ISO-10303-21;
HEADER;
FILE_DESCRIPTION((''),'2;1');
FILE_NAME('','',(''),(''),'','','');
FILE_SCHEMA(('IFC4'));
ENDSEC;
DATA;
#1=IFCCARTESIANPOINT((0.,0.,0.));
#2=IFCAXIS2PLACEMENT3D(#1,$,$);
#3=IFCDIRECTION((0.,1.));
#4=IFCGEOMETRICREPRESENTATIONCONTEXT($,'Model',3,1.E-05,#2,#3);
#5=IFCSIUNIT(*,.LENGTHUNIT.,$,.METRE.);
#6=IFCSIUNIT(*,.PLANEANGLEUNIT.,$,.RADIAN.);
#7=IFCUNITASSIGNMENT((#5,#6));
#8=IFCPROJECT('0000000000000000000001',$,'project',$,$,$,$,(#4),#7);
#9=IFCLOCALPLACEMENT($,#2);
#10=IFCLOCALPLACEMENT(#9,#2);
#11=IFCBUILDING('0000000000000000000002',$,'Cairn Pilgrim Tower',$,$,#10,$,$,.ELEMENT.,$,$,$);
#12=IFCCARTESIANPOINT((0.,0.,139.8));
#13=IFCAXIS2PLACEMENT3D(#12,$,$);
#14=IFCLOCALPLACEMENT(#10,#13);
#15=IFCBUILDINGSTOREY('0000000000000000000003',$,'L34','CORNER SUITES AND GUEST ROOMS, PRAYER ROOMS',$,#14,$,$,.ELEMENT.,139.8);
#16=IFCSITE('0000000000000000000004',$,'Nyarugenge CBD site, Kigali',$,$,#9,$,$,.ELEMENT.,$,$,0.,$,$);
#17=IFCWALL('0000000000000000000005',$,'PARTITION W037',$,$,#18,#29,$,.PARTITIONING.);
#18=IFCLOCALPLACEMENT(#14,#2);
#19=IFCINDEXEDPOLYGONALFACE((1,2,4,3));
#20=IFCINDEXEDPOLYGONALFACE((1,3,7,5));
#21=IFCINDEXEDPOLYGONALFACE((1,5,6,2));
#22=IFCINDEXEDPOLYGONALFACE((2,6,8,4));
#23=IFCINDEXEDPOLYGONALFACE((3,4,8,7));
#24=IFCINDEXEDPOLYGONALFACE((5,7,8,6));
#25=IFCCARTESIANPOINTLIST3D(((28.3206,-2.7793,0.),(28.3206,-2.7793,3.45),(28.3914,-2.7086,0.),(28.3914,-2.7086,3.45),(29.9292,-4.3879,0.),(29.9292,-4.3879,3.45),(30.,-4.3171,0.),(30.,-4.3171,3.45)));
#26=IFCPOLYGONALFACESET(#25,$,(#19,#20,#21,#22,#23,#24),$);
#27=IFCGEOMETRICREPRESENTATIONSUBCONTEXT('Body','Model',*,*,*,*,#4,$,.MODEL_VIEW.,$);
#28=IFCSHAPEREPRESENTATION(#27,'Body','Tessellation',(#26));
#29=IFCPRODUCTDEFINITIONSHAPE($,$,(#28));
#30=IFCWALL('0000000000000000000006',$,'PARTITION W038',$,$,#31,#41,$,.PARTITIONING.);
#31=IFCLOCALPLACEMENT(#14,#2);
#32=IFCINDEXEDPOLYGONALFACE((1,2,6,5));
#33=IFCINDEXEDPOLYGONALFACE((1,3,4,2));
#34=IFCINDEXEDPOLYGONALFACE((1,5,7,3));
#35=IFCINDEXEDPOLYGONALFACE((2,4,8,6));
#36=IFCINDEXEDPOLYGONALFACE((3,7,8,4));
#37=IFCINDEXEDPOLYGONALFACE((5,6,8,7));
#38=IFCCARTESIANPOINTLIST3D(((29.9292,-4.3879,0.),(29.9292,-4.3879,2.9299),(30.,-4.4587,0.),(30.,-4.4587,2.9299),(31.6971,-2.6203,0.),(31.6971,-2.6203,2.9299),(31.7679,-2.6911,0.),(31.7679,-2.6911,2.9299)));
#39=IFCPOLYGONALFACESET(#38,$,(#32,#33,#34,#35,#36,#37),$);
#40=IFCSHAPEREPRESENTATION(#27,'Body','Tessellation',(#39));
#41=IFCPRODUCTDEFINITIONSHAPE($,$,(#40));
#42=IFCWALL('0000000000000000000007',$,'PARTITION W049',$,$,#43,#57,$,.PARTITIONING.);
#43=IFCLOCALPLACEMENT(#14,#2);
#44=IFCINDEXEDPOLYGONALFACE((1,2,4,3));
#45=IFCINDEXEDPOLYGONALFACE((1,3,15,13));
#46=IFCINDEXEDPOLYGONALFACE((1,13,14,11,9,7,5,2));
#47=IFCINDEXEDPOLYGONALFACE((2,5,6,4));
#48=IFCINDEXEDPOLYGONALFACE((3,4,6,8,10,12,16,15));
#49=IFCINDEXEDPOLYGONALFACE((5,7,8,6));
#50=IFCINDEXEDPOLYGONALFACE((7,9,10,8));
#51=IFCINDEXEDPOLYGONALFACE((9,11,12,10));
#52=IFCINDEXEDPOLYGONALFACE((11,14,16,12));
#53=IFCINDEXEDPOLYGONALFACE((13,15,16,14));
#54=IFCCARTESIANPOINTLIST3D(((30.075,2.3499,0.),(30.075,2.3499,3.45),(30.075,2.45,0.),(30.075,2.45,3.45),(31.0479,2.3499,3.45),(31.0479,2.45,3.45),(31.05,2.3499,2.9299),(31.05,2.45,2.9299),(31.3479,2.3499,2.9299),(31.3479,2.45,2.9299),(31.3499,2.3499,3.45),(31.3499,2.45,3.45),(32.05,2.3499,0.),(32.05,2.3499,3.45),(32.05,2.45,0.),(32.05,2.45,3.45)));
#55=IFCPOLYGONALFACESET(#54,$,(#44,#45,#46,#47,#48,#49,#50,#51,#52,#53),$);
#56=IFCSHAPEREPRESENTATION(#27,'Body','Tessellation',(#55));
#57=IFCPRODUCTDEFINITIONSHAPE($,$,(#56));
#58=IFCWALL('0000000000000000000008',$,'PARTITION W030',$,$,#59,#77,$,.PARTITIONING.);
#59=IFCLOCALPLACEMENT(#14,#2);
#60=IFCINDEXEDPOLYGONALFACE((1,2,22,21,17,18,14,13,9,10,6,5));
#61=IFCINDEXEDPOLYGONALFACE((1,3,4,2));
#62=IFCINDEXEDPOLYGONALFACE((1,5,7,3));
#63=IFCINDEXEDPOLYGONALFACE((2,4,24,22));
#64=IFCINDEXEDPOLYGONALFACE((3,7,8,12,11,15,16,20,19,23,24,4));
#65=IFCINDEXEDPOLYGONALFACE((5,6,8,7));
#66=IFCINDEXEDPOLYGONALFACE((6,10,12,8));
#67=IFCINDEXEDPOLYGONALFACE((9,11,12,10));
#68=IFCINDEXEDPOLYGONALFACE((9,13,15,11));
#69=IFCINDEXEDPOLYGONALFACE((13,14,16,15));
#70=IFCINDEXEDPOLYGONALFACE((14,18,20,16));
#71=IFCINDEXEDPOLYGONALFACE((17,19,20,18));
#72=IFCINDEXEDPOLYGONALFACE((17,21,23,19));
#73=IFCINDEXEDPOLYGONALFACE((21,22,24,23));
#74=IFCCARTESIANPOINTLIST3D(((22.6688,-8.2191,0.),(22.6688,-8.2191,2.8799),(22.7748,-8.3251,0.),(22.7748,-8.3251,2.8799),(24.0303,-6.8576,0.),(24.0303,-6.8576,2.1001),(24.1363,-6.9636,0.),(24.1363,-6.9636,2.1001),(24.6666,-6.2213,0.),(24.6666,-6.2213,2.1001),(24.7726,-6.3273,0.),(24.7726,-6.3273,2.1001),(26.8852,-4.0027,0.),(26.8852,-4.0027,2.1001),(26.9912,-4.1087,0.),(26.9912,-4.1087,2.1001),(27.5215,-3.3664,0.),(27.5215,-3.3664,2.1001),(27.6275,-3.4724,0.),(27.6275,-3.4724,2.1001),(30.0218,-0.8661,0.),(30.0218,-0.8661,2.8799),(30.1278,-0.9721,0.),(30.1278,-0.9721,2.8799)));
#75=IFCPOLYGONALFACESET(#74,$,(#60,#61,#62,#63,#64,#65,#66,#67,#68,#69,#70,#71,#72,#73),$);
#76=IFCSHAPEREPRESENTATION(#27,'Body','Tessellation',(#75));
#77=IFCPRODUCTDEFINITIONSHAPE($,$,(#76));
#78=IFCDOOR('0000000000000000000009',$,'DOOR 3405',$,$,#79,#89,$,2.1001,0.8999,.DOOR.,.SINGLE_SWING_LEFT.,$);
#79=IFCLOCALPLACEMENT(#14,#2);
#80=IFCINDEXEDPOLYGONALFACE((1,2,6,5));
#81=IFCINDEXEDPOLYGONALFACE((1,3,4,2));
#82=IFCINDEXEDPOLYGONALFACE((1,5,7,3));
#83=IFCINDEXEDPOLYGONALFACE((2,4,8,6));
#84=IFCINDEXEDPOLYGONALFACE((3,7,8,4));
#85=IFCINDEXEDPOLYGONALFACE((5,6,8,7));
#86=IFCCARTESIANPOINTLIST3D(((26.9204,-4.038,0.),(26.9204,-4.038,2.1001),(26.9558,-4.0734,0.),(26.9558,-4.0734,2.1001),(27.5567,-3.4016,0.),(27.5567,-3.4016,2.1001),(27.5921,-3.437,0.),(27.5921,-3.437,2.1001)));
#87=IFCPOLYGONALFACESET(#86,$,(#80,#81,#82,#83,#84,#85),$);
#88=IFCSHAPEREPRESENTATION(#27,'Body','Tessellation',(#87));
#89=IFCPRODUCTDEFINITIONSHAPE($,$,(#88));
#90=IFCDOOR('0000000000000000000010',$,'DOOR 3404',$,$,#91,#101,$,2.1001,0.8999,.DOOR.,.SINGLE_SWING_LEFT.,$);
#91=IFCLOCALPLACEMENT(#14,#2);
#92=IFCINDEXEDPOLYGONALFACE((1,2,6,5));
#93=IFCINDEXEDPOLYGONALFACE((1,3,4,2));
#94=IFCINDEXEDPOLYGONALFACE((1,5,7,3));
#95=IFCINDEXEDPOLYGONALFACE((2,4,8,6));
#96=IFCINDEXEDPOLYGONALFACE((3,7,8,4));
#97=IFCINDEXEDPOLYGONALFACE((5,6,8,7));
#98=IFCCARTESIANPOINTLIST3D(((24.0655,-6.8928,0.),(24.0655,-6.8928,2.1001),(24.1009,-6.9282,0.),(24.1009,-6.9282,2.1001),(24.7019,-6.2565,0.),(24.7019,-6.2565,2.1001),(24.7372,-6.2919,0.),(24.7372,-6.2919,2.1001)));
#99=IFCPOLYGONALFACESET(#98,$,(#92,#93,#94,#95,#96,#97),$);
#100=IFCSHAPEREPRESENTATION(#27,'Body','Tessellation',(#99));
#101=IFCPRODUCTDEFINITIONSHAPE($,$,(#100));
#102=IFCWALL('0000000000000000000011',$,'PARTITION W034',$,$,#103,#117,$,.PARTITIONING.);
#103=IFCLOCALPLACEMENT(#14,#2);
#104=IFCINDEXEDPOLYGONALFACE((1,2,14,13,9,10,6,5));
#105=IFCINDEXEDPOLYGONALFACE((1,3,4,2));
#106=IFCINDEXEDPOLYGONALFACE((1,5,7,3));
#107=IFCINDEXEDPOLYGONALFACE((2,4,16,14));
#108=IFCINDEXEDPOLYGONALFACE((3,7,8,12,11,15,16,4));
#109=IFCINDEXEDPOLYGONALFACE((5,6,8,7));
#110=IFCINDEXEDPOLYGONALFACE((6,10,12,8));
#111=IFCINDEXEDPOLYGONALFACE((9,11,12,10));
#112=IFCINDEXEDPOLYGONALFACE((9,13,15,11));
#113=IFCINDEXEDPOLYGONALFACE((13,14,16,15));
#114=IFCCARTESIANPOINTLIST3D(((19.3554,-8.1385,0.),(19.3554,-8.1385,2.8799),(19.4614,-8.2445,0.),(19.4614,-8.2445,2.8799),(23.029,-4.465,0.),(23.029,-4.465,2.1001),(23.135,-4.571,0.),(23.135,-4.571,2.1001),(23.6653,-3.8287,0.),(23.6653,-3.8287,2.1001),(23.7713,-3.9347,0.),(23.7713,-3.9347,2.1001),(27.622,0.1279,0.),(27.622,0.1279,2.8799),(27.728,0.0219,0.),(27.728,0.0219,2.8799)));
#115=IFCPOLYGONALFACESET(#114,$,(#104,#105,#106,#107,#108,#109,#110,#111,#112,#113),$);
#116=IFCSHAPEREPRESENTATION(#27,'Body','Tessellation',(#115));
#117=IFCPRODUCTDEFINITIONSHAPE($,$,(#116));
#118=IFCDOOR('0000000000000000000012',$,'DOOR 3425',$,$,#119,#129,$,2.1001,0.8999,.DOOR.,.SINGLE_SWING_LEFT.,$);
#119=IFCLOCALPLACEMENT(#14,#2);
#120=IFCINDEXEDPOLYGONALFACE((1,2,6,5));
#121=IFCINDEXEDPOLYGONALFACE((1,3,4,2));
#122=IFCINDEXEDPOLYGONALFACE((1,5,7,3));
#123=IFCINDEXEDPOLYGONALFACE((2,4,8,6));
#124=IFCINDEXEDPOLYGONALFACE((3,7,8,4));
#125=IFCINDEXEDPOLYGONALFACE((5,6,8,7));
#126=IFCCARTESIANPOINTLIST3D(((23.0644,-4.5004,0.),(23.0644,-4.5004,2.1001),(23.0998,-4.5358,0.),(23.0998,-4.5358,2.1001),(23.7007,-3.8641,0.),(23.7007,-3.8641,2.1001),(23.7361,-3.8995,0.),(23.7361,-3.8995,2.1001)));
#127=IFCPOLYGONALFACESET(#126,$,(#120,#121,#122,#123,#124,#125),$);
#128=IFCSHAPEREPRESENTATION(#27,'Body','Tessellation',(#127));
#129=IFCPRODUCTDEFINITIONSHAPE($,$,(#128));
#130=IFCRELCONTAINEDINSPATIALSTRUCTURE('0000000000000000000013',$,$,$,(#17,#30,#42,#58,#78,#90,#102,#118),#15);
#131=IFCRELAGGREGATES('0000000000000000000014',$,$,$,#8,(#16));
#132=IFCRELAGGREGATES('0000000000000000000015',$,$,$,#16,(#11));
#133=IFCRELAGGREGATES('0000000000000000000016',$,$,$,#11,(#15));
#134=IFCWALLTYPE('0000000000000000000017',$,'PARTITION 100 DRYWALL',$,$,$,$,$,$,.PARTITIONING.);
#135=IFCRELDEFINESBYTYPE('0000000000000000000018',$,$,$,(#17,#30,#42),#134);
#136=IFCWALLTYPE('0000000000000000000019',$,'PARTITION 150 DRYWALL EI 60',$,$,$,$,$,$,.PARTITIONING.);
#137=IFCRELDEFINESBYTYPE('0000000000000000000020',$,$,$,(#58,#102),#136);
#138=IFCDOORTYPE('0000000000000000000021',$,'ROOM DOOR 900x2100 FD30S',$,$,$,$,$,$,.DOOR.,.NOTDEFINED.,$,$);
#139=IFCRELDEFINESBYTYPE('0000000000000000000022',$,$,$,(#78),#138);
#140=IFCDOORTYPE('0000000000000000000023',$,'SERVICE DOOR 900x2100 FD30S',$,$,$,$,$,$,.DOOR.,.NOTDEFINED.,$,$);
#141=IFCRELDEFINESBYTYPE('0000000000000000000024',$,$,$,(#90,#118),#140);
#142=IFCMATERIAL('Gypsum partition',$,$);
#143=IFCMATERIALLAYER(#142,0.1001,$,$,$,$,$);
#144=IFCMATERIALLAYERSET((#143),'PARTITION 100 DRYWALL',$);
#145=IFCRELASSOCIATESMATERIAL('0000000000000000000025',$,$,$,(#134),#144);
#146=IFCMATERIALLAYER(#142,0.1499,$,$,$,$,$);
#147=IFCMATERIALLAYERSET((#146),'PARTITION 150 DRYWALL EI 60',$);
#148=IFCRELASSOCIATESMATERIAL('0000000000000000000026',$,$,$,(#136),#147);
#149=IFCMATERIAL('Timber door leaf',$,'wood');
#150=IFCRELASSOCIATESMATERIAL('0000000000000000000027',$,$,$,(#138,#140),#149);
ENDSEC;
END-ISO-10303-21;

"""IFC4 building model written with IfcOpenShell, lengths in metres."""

from ifc_helpers import new_model, si_unit, direction, frame, frame_2d, origin, place, context, subcontext, project, spatial, polyline, rectangle, outline, extrude, material, layer, layer_set, type_object, element, fill, save


model = new_model("IFC4")

# Units and contexts
model_context = context("Model", 3, precision=1e-05, world=origin(), true_north=direction((0.0, 1.0)))
body_context = subcontext(model_context, "Body", "Model", "MODEL_VIEW")
ifc_project = project(units=[si_unit("LENGTHUNIT", "METRE"), si_unit("PLANEANGLEUNIT", "RADIAN")], contexts=[model_context])

# Site, building, storey
site_placement = place(None, origin())
site = spatial("IfcSite", under=ifc_project, at=site_placement, Name="Nyarugenge CBD site, Kigali", CompositionType="ELEMENT", RefElevation=0.0)
building_placement = place(site_placement, origin())
building = spatial("IfcBuilding", under=site, at=building_placement, Name="Cairn Pilgrim Tower", CompositionType="ELEMENT")
storey_placement = place(building_placement, frame((0.0, 0.0, 139.8)))
storey = spatial("IfcBuildingStorey", under=building, at=storey_placement, Name="L34", Description="CORNER SUITES AND GUEST ROOMS, PRAYER ROOMS", CompositionType="ELEMENT", Elevation=139.8)

# Walls
ifc_material_1 = material(Name="Gypsum partition")
ifc_layer_1 = layer(ifc_material_1, 0.1001)
ifc_layer_set_1 = layer_set([ifc_layer_1], Name="PARTITION 100 DRYWALL")
wall_type_1 = type_object("IfcWallType", Name="PARTITION 100 DRYWALL", PredefinedType="PARTITIONING", material=ifc_layer_set_1)
wall_1_placement = place(storey_placement, frame((29.9646, -4.3525, 0.0), z_axis=(0.0, 0.0, 1.0), x_axis=(-0.707107, 0.707107, 0.0)))
element("IfcWall", 1, at=wall_1_placement, inside=storey, type_object=wall_type_1, Name="PARTITION W037", PredefinedType="PARTITIONING", context=body_context, shape_type="SweptSolid", body=[
    extrude(rectangle(XDim=2.2749, YDim=0.1001, at=frame_2d((1.1375, 0.0))), origin(), (0.0, 0.0, 1.0), 3.45),
])
wall_2_placement = place(storey_placement, frame((29.9646, -4.4233, 0.0), z_axis=(0.0, 0.0, 1.0), x_axis=(0.707156, 0.707058, 0.0)))
element("IfcWall", 2, at=wall_2_placement, inside=storey, type_object=wall_type_1, Name="PARTITION W038", PredefinedType="PARTITIONING", context=body_context, shape_type="SweptSolid", body=[
    extrude(rectangle(XDim=2.5, YDim=0.1001, at=frame_2d((1.25, 0.0))), origin(), (0.0, 0.0, 1.0), 2.9299),
])
wall_3_placement = place(storey_placement, frame((30.075, 2.3999, 0.0), z_axis=(0.0, 0.0, 1.0), x_axis=(1.0, 0.0, 0.0)))
element("IfcWall", 3, at=wall_3_placement, inside=storey, type_object=wall_type_1, Name="PARTITION W049", PredefinedType="PARTITIONING", context=body_context, shape_type="SweptSolid", body=[
    extrude(outline(polyline([(0.0, 0.0), (1.9751, 0.0), (1.9751, 3.45), (1.2749, 3.45), (1.2729, 2.9299), (0.9751, 2.9299), (0.9729, 3.45), (0.0, 3.45), (0.0, 0.0)])), frame((0.0, 0.05, 0.0), z_axis=(0.0, -1.0, 0.0), x_axis=(1.0, 0.0, 0.0)), (0.0, 0.0, 1.0), 0.1001),
])

# Wall, openings, doors
ifc_layer_2 = layer(ifc_material_1, 0.1499)
ifc_layer_set_2 = layer_set([ifc_layer_2], Name="PARTITION 150 DRYWALL EI 60")
wall_type_2 = type_object("IfcWallType", Name="PARTITION 150 DRYWALL EI 60", PredefinedType="PARTITIONING", material=ifc_layer_set_2)
wall_4_placement = place(storey_placement, frame((22.7219, -8.272, 0.0), z_axis=(0.0, 0.0, 1.0), x_axis=(0.707107, 0.707107, 0.0)))
wall_4 = element("IfcWall", 4, at=wall_4_placement, inside=storey, type_object=wall_type_2, Name="PARTITION W030", PredefinedType="PARTITIONING", context=body_context, shape_type="SweptSolid", body=[
    extrude(rectangle(XDim=10.3987, YDim=0.1499, at=frame_2d((5.1992, 0.0))), origin(), (0.0, 0.0, 1.0), 2.8799),
])
opening_1_placement = place(wall_4_placement, frame((1.9253, 0.0, 0.0)))
opening_1 = element("IfcOpeningElement", 5, at=opening_1_placement, cuts=wall_4, PredefinedType="OPENING", context=body_context, shape_type="SweptSolid", body=[
    extrude(rectangle(XDim=0.8999, YDim=2.1001, at=frame_2d((0.45, 1.05))), frame((0.0, 0.085, 0.0), z_axis=(0.0, -1.0, 0.0), x_axis=(1.0, 0.0, 0.0)), (0.0, 0.0, 1.0), 0.1699),
])
opening_2_placement = place(wall_4_placement, frame((5.9626, 0.0, 0.0)))
opening_2 = element("IfcOpeningElement", 6, at=opening_2_placement, cuts=wall_4, PredefinedType="OPENING", context=body_context, shape_type="SweptSolid", body=[
    extrude(rectangle(XDim=0.8999, YDim=2.1001, at=frame_2d((0.45, 1.05))), frame((0.0, 0.085, 0.0), z_axis=(0.0, -1.0, 0.0), x_axis=(1.0, 0.0, 0.0)), (0.0, 0.0, 1.0), 0.1699),
])
ifc_material_2 = material(Name="Timber door leaf", Category="wood")
door_type_1 = type_object("IfcDoorType", Name="ROOM DOOR 900x2100 FD30S", OperationType="NOTDEFINED", PredefinedType="DOOR", material=ifc_material_2)
door_1_placement = place(opening_2_placement, frame((0.8999, 0.0, 0.0), z_axis=(0.0, 0.0, 1.0), x_axis=(-1.0, 0.0, 0.0)))
door_1 = element("IfcDoor", 7, at=door_1_placement, inside=storey, type_object=door_type_1, Name="DOOR 3405", OperationType="SINGLE_SWING_LEFT", OverallHeight=2.1001, OverallWidth=0.8999, PredefinedType="DOOR", context=body_context, shape_type="SweptSolid", body=[
    extrude(rectangle(XDim=0.8999, YDim=2.1001, at=frame_2d((0.45, 1.05))), frame((0.0, 0.0249, 0.0), z_axis=(0.0, -1.0, 0.0), x_axis=(1.0, 0.0, 0.0)), (0.0, 0.0, 1.0), 0.05),
])
fill(opening_2, door_1)
door_type_2 = type_object("IfcDoorType", Name="SERVICE DOOR 900x2100 FD30S", OperationType="NOTDEFINED", PredefinedType="DOOR", material=ifc_material_2)
door_2_placement = place(opening_1_placement, frame((0.8999, 0.0, 0.0), z_axis=(0.0, 0.0, 1.0), x_axis=(-1.0, 0.0, 0.0)))
door_2 = element("IfcDoor", 8, at=door_2_placement, inside=storey, type_object=door_type_2, Name="DOOR 3404", OperationType="SINGLE_SWING_LEFT", OverallHeight=2.1001, OverallWidth=0.8999, PredefinedType="DOOR", context=body_context, shape_type="SweptSolid", body=[
    extrude(rectangle(XDim=0.8999, YDim=2.1001, at=frame_2d((0.45, 1.05))), frame((0.0, 0.0249, 0.0), z_axis=(0.0, -1.0, 0.0), x_axis=(1.0, 0.0, 0.0)), (0.0, 0.0, 1.0), 0.05),
])
fill(opening_1, door_2)

# Wall, opening, door
wall_5_placement = place(storey_placement, frame((19.4084, -8.1914, 0.0), z_axis=(0.0, 0.0, 1.0), x_axis=(0.707117, 0.707096, 0.0)))
wall_5 = element("IfcWall", 9, at=wall_5_placement, inside=storey, type_object=wall_type_2, Name="PARTITION W034", PredefinedType="PARTITIONING", context=body_context, shape_type="SweptSolid", body=[
    extrude(rectangle(XDim=11.6907, YDim=0.1499, at=frame_2d((5.8452, 0.0))), origin(), (0.0, 0.0, 1.0), 2.8799),
])
opening_3_placement = place(wall_5_placement, frame((5.1951, 0.0, 0.0)))
opening_3 = element("IfcOpeningElement", 10, at=opening_3_placement, cuts=wall_5, PredefinedType="OPENING", context=body_context, shape_type="SweptSolid", body=[
    extrude(rectangle(XDim=0.8999, YDim=2.1001, at=frame_2d((0.45, 1.05))), frame((0.0, 0.085, 0.0), z_axis=(0.0, -1.0, 0.0), x_axis=(1.0, 0.0, 0.0)), (0.0, 0.0, 1.0), 0.1699),
])
door_3_placement = place(opening_3_placement, origin())
door_3 = element("IfcDoor", 11, at=door_3_placement, inside=storey, type_object=door_type_2, Name="DOOR 3425", OperationType="SINGLE_SWING_LEFT", OverallHeight=2.1001, OverallWidth=0.8999, PredefinedType="DOOR", context=body_context, shape_type="SweptSolid", body=[
    extrude(rectangle(XDim=0.8999, YDim=2.1001, at=frame_2d((0.45, 1.05))), frame((0.0, 0.0249, 0.0), z_axis=(0.0, -1.0, 0.0), x_axis=(1.0, 0.0, 0.0)), (0.0, 0.0, 1.0), 0.05),
])
fill(opening_3, door_3)

save(model, "model.ifc")
